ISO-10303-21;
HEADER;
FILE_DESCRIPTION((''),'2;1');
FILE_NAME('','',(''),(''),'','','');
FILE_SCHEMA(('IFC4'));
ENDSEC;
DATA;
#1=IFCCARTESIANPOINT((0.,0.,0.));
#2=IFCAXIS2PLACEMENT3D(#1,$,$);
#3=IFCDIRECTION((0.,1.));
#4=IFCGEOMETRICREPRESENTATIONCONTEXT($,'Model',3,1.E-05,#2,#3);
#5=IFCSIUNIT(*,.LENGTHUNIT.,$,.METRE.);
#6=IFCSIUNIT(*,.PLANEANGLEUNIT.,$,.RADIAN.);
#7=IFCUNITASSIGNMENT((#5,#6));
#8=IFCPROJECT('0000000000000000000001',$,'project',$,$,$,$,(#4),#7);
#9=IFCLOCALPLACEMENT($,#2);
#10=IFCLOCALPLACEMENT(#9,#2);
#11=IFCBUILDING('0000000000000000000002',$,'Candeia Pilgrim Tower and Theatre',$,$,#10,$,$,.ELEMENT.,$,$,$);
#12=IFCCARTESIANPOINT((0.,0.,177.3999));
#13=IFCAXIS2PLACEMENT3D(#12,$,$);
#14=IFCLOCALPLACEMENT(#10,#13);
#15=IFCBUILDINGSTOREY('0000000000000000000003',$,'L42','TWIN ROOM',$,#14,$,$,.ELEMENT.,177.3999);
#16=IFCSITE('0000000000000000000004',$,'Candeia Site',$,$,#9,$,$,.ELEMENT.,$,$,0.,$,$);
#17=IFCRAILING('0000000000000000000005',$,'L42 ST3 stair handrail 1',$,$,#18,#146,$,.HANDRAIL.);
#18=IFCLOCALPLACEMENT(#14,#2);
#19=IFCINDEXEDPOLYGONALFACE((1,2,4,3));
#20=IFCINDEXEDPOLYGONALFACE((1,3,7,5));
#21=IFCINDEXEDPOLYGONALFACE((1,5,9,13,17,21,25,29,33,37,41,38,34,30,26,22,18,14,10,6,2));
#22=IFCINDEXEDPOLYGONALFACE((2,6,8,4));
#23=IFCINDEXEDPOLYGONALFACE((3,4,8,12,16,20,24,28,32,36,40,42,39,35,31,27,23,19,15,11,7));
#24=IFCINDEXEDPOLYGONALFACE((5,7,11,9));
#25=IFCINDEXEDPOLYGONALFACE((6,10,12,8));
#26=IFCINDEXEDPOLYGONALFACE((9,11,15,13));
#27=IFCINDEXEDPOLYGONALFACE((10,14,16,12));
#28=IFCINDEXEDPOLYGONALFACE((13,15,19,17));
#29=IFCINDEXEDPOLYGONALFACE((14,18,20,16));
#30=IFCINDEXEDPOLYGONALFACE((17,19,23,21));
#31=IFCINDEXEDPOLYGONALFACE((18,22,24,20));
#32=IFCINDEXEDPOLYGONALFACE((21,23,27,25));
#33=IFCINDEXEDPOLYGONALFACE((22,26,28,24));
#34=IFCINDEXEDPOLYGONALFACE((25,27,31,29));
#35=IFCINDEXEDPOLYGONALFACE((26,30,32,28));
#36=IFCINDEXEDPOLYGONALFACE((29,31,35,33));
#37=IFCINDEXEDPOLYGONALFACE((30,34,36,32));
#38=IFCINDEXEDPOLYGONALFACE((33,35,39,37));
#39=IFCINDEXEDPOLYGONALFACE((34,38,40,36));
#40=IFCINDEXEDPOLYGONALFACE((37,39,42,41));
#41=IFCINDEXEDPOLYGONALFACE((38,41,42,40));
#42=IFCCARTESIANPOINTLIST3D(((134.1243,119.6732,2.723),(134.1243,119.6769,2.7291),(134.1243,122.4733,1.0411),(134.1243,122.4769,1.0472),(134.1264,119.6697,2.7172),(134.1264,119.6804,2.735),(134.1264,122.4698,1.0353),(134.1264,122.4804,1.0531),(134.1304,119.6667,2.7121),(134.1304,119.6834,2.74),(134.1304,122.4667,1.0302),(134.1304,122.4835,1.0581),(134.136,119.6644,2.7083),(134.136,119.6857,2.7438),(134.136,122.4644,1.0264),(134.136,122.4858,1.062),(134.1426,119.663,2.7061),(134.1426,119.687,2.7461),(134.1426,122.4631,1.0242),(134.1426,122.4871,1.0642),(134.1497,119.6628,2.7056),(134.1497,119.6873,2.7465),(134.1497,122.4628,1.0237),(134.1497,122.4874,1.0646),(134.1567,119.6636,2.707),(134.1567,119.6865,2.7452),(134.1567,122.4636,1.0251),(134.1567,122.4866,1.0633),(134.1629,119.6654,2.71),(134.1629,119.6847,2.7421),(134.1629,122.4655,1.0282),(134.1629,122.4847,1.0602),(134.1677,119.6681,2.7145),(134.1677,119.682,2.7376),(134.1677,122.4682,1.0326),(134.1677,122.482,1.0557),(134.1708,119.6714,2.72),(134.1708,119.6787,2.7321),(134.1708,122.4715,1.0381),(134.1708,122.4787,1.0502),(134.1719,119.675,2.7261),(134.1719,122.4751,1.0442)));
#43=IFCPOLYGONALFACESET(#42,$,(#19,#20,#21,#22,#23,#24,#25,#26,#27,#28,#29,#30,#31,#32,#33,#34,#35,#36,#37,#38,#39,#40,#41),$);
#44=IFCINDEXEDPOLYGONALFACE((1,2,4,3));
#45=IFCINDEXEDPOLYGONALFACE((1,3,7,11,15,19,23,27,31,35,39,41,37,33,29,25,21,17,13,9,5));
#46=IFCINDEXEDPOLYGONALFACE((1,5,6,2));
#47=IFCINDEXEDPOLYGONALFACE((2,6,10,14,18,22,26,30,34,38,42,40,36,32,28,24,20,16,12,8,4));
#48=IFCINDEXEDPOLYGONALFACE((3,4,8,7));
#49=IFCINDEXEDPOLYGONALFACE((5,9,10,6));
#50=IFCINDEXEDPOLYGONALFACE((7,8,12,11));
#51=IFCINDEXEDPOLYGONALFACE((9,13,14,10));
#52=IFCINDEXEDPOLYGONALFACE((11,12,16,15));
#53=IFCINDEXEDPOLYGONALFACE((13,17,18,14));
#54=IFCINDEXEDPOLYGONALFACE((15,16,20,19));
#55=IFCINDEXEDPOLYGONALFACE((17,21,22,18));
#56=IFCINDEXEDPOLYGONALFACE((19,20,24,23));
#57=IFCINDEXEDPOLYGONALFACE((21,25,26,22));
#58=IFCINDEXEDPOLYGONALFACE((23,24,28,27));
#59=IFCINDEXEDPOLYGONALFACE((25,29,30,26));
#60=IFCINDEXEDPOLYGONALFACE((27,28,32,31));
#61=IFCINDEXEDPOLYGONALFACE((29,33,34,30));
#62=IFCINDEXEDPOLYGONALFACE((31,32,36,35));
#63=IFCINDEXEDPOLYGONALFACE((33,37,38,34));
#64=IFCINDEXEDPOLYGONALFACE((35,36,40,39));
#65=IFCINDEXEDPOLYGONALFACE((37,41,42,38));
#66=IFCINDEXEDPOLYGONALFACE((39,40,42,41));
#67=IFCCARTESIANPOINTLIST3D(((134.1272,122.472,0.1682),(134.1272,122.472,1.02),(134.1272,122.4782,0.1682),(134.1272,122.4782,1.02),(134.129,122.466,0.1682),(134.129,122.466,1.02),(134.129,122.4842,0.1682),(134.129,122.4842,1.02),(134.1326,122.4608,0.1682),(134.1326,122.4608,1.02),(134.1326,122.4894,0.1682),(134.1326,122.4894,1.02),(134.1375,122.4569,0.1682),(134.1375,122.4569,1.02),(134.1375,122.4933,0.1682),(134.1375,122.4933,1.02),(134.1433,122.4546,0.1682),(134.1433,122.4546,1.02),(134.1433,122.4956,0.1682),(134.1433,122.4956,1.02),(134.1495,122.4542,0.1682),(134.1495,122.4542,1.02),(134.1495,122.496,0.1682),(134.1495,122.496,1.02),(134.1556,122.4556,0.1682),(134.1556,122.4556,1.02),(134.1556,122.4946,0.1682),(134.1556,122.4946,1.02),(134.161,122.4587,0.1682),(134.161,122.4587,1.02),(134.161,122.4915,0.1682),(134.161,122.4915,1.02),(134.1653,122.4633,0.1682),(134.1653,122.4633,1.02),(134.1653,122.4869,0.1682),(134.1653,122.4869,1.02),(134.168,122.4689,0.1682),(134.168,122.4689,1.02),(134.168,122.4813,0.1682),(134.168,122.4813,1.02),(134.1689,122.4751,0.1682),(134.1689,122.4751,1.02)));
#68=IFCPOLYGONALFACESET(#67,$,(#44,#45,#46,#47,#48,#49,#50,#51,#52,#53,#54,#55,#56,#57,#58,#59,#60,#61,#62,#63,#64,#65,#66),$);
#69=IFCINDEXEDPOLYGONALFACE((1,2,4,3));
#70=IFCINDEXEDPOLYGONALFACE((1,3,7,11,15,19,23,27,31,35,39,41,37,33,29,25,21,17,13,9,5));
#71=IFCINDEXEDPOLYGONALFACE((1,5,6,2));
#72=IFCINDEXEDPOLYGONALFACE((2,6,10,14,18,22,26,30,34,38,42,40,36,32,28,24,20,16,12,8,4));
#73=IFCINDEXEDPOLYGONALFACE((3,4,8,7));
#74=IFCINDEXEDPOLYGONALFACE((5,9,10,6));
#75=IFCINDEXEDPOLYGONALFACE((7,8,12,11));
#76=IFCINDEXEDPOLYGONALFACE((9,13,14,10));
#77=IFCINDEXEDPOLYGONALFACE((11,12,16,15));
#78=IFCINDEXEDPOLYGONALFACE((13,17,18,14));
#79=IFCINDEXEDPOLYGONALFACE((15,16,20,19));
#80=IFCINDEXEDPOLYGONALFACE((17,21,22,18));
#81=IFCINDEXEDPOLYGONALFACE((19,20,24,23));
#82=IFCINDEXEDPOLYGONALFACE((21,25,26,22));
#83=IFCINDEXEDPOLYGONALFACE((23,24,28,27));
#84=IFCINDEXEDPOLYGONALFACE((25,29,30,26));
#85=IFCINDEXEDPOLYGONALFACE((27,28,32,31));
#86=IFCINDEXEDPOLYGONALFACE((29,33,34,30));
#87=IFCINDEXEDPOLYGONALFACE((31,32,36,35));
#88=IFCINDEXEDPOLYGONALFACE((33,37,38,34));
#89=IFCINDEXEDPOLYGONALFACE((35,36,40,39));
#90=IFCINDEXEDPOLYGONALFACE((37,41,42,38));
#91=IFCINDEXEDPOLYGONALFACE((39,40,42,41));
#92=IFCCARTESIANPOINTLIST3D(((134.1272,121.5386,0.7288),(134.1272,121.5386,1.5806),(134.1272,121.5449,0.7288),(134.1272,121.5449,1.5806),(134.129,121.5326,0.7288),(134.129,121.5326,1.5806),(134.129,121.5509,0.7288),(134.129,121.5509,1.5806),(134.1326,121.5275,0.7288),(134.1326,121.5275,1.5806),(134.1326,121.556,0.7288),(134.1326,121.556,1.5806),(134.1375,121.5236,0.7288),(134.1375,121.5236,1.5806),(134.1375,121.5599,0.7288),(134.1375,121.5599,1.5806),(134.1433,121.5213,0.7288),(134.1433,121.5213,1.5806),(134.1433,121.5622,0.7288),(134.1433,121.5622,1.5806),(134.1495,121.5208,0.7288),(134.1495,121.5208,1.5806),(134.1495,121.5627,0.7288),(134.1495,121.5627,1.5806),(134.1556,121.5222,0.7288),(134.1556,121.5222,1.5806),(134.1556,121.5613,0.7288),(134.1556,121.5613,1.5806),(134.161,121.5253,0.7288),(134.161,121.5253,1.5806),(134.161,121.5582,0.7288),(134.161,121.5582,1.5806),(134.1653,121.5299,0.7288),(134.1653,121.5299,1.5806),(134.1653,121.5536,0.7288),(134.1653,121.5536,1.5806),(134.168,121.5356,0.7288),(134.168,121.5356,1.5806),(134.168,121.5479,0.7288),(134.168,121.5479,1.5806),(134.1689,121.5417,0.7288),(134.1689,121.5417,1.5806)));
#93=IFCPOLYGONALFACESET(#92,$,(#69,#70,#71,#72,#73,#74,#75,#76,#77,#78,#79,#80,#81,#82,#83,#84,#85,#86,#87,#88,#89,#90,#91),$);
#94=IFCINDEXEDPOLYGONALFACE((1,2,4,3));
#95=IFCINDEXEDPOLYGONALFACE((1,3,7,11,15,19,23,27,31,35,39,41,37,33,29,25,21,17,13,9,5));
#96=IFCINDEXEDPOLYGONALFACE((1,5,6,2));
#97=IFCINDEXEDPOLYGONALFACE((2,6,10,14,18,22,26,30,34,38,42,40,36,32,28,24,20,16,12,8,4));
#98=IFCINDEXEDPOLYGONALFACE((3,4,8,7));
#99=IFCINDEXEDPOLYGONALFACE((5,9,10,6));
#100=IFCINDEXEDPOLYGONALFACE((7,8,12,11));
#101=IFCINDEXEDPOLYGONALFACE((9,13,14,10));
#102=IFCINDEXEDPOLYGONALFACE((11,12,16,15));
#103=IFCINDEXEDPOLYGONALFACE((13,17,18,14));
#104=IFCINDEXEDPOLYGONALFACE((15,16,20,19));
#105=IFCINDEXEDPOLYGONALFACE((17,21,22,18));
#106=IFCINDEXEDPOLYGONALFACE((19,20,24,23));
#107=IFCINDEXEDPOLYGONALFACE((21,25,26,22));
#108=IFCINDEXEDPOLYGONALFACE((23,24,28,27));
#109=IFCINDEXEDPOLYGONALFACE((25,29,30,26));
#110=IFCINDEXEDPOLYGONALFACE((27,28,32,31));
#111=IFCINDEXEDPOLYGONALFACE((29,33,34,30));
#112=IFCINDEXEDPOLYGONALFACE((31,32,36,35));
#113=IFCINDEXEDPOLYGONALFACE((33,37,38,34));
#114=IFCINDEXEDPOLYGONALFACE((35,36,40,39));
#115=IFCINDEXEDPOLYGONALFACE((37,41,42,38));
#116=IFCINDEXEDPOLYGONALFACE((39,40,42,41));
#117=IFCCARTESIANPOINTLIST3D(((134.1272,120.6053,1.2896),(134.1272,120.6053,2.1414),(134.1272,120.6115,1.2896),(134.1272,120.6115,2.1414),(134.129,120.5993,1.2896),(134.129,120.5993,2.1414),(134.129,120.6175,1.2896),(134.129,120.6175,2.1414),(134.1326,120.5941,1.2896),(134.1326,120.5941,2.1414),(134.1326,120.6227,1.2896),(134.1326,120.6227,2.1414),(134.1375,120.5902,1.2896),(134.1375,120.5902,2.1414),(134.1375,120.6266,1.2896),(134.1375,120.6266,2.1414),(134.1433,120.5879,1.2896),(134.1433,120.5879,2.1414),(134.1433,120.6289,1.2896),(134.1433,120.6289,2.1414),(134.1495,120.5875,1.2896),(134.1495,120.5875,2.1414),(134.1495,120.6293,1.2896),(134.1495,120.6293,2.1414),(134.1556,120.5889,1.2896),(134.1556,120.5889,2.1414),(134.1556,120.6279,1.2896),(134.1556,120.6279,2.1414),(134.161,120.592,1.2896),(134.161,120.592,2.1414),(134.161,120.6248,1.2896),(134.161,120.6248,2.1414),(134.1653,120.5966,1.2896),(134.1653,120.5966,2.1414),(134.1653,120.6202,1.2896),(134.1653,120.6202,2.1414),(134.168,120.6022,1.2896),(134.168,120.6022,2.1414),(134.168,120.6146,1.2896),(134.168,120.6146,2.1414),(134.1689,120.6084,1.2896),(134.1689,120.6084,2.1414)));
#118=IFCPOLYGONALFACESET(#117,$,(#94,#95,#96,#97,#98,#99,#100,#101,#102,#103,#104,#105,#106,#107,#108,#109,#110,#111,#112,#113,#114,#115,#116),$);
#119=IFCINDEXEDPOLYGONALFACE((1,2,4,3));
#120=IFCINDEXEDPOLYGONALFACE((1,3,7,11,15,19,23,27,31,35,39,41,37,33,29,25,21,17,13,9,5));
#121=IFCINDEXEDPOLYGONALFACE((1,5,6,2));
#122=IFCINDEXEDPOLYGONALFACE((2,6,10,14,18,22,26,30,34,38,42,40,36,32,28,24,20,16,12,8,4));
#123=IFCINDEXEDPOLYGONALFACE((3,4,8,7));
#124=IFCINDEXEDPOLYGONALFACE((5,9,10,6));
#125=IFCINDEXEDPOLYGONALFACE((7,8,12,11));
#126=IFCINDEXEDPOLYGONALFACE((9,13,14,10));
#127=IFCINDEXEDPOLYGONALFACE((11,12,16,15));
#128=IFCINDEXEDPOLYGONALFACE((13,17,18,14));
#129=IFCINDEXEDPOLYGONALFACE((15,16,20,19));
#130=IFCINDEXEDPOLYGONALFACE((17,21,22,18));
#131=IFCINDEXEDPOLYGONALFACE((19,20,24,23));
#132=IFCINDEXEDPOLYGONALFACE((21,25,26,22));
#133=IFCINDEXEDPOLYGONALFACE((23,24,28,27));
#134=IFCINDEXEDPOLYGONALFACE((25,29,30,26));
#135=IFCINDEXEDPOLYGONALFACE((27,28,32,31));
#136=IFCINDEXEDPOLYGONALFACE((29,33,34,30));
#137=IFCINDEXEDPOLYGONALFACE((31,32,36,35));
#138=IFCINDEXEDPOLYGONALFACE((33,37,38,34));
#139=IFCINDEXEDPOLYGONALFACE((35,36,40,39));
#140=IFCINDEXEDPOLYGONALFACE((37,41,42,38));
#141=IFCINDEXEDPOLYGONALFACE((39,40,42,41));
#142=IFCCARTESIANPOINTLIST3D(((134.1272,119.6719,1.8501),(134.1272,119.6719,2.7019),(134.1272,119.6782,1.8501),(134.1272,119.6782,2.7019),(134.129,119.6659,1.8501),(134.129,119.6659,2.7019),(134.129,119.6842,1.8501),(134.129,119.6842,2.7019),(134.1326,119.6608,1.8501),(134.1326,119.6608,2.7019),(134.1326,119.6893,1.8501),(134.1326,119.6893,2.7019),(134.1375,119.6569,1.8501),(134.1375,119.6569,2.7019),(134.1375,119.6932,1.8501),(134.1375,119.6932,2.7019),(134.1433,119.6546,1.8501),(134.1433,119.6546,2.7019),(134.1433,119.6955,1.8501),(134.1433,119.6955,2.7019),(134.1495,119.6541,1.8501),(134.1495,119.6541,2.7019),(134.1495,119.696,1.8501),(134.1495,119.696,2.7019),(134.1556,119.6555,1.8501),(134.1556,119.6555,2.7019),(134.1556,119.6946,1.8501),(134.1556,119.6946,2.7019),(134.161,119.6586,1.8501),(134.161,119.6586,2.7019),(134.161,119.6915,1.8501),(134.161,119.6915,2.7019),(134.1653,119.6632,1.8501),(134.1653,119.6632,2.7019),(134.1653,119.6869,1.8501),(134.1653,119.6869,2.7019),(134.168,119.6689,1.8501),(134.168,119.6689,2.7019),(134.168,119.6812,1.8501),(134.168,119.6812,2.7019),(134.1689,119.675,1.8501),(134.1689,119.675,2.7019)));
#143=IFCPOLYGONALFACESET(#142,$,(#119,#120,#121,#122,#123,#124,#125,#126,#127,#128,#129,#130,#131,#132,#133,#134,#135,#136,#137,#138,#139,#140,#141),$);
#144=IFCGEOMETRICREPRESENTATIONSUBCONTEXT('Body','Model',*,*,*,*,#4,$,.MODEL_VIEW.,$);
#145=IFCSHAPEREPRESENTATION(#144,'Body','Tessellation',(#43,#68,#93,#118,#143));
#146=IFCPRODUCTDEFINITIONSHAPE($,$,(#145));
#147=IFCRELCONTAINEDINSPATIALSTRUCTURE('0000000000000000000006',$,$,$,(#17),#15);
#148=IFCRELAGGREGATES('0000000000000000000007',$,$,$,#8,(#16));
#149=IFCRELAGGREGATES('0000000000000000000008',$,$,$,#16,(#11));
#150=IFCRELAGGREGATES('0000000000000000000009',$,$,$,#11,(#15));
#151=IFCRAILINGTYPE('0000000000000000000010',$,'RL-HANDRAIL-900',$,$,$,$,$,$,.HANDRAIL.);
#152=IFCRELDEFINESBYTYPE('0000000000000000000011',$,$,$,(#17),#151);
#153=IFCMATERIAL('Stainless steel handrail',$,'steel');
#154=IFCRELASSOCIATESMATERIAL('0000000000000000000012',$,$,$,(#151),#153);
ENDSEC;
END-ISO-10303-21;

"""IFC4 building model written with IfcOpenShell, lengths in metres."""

from ifc_helpers import new_model, si_unit, direction, frame, origin, origin_2d, place, context, subcontext, project, spatial, circle, extrude, material, type_object, element, save


model = new_model("IFC4")

# Units and contexts
model_context = context("Model", 3, precision=1e-05, world=origin(), true_north=direction((0.0, 1.0)))
body_context = subcontext(model_context, "Body", "Model", "MODEL_VIEW")
ifc_project = project(units=[si_unit("LENGTHUNIT", "METRE"), si_unit("PLANEANGLEUNIT", "RADIAN")], contexts=[model_context])

# Site, building, storey
site_placement = place(None, origin())
site = spatial("IfcSite", under=ifc_project, at=site_placement, Name="Candeia Site", CompositionType="ELEMENT", RefElevation=0.0)
building_placement = place(site_placement, origin())
building = spatial("IfcBuilding", under=site, at=building_placement, Name="Candeia Pilgrim Tower and Theatre", CompositionType="ELEMENT")
storey_placement = place(building_placement, frame((0.0, 0.0, 177.3999)))
storey = spatial("IfcBuildingStorey", under=building, at=storey_placement, Name="L42", Description="TWIN ROOM", CompositionType="ELEMENT", Elevation=177.3999)

# Railing
ifc_material_1 = material(Name="Stainless steel handrail", Category="steel")
railing_type_1 = type_object("IfcRailingType", Name="RL-HANDRAIL-900", PredefinedType="HANDRAIL", material=ifc_material_1)
railing_1_placement = place(storey_placement, frame((134.1479, 122.4751, 0.1682)))
element("IfcRailing", 1, at=railing_1_placement, inside=storey, type_object=railing_type_1, Name="L42 ST3 stair handrail 1", PredefinedType="HANDRAIL", context=body_context, shape_type="SweptSolid", body=[
    extrude(circle(Radius=0.0239, at=origin_2d()), frame((0.0, 0.0, 0.876), z_axis=(0.0, -0.857242, 0.514913), x_axis=(1.0, 0.0, 0.0)), (0.0, 0.0, 1.0), 3.2664),
    extrude(circle(Radius=0.021, at=origin_2d()), origin(), (0.0, 0.0, 1.0), 0.8518),
    extrude(circle(Radius=0.021, at=origin_2d()), frame((0.0, -0.9333, 0.5605)), (0.0, 0.0, 1.0), 0.8518),
    extrude(circle(Radius=0.021, at=origin_2d()), frame((0.0, -1.8667, 1.1213)), (0.0, 0.0, 1.0), 0.8518),
    extrude(circle(Radius=0.021, at=origin_2d()), frame((0.0, -2.8, 1.6819)), (0.0, 0.0, 1.0), 0.8518),
])

save(model, "model.ifc")
